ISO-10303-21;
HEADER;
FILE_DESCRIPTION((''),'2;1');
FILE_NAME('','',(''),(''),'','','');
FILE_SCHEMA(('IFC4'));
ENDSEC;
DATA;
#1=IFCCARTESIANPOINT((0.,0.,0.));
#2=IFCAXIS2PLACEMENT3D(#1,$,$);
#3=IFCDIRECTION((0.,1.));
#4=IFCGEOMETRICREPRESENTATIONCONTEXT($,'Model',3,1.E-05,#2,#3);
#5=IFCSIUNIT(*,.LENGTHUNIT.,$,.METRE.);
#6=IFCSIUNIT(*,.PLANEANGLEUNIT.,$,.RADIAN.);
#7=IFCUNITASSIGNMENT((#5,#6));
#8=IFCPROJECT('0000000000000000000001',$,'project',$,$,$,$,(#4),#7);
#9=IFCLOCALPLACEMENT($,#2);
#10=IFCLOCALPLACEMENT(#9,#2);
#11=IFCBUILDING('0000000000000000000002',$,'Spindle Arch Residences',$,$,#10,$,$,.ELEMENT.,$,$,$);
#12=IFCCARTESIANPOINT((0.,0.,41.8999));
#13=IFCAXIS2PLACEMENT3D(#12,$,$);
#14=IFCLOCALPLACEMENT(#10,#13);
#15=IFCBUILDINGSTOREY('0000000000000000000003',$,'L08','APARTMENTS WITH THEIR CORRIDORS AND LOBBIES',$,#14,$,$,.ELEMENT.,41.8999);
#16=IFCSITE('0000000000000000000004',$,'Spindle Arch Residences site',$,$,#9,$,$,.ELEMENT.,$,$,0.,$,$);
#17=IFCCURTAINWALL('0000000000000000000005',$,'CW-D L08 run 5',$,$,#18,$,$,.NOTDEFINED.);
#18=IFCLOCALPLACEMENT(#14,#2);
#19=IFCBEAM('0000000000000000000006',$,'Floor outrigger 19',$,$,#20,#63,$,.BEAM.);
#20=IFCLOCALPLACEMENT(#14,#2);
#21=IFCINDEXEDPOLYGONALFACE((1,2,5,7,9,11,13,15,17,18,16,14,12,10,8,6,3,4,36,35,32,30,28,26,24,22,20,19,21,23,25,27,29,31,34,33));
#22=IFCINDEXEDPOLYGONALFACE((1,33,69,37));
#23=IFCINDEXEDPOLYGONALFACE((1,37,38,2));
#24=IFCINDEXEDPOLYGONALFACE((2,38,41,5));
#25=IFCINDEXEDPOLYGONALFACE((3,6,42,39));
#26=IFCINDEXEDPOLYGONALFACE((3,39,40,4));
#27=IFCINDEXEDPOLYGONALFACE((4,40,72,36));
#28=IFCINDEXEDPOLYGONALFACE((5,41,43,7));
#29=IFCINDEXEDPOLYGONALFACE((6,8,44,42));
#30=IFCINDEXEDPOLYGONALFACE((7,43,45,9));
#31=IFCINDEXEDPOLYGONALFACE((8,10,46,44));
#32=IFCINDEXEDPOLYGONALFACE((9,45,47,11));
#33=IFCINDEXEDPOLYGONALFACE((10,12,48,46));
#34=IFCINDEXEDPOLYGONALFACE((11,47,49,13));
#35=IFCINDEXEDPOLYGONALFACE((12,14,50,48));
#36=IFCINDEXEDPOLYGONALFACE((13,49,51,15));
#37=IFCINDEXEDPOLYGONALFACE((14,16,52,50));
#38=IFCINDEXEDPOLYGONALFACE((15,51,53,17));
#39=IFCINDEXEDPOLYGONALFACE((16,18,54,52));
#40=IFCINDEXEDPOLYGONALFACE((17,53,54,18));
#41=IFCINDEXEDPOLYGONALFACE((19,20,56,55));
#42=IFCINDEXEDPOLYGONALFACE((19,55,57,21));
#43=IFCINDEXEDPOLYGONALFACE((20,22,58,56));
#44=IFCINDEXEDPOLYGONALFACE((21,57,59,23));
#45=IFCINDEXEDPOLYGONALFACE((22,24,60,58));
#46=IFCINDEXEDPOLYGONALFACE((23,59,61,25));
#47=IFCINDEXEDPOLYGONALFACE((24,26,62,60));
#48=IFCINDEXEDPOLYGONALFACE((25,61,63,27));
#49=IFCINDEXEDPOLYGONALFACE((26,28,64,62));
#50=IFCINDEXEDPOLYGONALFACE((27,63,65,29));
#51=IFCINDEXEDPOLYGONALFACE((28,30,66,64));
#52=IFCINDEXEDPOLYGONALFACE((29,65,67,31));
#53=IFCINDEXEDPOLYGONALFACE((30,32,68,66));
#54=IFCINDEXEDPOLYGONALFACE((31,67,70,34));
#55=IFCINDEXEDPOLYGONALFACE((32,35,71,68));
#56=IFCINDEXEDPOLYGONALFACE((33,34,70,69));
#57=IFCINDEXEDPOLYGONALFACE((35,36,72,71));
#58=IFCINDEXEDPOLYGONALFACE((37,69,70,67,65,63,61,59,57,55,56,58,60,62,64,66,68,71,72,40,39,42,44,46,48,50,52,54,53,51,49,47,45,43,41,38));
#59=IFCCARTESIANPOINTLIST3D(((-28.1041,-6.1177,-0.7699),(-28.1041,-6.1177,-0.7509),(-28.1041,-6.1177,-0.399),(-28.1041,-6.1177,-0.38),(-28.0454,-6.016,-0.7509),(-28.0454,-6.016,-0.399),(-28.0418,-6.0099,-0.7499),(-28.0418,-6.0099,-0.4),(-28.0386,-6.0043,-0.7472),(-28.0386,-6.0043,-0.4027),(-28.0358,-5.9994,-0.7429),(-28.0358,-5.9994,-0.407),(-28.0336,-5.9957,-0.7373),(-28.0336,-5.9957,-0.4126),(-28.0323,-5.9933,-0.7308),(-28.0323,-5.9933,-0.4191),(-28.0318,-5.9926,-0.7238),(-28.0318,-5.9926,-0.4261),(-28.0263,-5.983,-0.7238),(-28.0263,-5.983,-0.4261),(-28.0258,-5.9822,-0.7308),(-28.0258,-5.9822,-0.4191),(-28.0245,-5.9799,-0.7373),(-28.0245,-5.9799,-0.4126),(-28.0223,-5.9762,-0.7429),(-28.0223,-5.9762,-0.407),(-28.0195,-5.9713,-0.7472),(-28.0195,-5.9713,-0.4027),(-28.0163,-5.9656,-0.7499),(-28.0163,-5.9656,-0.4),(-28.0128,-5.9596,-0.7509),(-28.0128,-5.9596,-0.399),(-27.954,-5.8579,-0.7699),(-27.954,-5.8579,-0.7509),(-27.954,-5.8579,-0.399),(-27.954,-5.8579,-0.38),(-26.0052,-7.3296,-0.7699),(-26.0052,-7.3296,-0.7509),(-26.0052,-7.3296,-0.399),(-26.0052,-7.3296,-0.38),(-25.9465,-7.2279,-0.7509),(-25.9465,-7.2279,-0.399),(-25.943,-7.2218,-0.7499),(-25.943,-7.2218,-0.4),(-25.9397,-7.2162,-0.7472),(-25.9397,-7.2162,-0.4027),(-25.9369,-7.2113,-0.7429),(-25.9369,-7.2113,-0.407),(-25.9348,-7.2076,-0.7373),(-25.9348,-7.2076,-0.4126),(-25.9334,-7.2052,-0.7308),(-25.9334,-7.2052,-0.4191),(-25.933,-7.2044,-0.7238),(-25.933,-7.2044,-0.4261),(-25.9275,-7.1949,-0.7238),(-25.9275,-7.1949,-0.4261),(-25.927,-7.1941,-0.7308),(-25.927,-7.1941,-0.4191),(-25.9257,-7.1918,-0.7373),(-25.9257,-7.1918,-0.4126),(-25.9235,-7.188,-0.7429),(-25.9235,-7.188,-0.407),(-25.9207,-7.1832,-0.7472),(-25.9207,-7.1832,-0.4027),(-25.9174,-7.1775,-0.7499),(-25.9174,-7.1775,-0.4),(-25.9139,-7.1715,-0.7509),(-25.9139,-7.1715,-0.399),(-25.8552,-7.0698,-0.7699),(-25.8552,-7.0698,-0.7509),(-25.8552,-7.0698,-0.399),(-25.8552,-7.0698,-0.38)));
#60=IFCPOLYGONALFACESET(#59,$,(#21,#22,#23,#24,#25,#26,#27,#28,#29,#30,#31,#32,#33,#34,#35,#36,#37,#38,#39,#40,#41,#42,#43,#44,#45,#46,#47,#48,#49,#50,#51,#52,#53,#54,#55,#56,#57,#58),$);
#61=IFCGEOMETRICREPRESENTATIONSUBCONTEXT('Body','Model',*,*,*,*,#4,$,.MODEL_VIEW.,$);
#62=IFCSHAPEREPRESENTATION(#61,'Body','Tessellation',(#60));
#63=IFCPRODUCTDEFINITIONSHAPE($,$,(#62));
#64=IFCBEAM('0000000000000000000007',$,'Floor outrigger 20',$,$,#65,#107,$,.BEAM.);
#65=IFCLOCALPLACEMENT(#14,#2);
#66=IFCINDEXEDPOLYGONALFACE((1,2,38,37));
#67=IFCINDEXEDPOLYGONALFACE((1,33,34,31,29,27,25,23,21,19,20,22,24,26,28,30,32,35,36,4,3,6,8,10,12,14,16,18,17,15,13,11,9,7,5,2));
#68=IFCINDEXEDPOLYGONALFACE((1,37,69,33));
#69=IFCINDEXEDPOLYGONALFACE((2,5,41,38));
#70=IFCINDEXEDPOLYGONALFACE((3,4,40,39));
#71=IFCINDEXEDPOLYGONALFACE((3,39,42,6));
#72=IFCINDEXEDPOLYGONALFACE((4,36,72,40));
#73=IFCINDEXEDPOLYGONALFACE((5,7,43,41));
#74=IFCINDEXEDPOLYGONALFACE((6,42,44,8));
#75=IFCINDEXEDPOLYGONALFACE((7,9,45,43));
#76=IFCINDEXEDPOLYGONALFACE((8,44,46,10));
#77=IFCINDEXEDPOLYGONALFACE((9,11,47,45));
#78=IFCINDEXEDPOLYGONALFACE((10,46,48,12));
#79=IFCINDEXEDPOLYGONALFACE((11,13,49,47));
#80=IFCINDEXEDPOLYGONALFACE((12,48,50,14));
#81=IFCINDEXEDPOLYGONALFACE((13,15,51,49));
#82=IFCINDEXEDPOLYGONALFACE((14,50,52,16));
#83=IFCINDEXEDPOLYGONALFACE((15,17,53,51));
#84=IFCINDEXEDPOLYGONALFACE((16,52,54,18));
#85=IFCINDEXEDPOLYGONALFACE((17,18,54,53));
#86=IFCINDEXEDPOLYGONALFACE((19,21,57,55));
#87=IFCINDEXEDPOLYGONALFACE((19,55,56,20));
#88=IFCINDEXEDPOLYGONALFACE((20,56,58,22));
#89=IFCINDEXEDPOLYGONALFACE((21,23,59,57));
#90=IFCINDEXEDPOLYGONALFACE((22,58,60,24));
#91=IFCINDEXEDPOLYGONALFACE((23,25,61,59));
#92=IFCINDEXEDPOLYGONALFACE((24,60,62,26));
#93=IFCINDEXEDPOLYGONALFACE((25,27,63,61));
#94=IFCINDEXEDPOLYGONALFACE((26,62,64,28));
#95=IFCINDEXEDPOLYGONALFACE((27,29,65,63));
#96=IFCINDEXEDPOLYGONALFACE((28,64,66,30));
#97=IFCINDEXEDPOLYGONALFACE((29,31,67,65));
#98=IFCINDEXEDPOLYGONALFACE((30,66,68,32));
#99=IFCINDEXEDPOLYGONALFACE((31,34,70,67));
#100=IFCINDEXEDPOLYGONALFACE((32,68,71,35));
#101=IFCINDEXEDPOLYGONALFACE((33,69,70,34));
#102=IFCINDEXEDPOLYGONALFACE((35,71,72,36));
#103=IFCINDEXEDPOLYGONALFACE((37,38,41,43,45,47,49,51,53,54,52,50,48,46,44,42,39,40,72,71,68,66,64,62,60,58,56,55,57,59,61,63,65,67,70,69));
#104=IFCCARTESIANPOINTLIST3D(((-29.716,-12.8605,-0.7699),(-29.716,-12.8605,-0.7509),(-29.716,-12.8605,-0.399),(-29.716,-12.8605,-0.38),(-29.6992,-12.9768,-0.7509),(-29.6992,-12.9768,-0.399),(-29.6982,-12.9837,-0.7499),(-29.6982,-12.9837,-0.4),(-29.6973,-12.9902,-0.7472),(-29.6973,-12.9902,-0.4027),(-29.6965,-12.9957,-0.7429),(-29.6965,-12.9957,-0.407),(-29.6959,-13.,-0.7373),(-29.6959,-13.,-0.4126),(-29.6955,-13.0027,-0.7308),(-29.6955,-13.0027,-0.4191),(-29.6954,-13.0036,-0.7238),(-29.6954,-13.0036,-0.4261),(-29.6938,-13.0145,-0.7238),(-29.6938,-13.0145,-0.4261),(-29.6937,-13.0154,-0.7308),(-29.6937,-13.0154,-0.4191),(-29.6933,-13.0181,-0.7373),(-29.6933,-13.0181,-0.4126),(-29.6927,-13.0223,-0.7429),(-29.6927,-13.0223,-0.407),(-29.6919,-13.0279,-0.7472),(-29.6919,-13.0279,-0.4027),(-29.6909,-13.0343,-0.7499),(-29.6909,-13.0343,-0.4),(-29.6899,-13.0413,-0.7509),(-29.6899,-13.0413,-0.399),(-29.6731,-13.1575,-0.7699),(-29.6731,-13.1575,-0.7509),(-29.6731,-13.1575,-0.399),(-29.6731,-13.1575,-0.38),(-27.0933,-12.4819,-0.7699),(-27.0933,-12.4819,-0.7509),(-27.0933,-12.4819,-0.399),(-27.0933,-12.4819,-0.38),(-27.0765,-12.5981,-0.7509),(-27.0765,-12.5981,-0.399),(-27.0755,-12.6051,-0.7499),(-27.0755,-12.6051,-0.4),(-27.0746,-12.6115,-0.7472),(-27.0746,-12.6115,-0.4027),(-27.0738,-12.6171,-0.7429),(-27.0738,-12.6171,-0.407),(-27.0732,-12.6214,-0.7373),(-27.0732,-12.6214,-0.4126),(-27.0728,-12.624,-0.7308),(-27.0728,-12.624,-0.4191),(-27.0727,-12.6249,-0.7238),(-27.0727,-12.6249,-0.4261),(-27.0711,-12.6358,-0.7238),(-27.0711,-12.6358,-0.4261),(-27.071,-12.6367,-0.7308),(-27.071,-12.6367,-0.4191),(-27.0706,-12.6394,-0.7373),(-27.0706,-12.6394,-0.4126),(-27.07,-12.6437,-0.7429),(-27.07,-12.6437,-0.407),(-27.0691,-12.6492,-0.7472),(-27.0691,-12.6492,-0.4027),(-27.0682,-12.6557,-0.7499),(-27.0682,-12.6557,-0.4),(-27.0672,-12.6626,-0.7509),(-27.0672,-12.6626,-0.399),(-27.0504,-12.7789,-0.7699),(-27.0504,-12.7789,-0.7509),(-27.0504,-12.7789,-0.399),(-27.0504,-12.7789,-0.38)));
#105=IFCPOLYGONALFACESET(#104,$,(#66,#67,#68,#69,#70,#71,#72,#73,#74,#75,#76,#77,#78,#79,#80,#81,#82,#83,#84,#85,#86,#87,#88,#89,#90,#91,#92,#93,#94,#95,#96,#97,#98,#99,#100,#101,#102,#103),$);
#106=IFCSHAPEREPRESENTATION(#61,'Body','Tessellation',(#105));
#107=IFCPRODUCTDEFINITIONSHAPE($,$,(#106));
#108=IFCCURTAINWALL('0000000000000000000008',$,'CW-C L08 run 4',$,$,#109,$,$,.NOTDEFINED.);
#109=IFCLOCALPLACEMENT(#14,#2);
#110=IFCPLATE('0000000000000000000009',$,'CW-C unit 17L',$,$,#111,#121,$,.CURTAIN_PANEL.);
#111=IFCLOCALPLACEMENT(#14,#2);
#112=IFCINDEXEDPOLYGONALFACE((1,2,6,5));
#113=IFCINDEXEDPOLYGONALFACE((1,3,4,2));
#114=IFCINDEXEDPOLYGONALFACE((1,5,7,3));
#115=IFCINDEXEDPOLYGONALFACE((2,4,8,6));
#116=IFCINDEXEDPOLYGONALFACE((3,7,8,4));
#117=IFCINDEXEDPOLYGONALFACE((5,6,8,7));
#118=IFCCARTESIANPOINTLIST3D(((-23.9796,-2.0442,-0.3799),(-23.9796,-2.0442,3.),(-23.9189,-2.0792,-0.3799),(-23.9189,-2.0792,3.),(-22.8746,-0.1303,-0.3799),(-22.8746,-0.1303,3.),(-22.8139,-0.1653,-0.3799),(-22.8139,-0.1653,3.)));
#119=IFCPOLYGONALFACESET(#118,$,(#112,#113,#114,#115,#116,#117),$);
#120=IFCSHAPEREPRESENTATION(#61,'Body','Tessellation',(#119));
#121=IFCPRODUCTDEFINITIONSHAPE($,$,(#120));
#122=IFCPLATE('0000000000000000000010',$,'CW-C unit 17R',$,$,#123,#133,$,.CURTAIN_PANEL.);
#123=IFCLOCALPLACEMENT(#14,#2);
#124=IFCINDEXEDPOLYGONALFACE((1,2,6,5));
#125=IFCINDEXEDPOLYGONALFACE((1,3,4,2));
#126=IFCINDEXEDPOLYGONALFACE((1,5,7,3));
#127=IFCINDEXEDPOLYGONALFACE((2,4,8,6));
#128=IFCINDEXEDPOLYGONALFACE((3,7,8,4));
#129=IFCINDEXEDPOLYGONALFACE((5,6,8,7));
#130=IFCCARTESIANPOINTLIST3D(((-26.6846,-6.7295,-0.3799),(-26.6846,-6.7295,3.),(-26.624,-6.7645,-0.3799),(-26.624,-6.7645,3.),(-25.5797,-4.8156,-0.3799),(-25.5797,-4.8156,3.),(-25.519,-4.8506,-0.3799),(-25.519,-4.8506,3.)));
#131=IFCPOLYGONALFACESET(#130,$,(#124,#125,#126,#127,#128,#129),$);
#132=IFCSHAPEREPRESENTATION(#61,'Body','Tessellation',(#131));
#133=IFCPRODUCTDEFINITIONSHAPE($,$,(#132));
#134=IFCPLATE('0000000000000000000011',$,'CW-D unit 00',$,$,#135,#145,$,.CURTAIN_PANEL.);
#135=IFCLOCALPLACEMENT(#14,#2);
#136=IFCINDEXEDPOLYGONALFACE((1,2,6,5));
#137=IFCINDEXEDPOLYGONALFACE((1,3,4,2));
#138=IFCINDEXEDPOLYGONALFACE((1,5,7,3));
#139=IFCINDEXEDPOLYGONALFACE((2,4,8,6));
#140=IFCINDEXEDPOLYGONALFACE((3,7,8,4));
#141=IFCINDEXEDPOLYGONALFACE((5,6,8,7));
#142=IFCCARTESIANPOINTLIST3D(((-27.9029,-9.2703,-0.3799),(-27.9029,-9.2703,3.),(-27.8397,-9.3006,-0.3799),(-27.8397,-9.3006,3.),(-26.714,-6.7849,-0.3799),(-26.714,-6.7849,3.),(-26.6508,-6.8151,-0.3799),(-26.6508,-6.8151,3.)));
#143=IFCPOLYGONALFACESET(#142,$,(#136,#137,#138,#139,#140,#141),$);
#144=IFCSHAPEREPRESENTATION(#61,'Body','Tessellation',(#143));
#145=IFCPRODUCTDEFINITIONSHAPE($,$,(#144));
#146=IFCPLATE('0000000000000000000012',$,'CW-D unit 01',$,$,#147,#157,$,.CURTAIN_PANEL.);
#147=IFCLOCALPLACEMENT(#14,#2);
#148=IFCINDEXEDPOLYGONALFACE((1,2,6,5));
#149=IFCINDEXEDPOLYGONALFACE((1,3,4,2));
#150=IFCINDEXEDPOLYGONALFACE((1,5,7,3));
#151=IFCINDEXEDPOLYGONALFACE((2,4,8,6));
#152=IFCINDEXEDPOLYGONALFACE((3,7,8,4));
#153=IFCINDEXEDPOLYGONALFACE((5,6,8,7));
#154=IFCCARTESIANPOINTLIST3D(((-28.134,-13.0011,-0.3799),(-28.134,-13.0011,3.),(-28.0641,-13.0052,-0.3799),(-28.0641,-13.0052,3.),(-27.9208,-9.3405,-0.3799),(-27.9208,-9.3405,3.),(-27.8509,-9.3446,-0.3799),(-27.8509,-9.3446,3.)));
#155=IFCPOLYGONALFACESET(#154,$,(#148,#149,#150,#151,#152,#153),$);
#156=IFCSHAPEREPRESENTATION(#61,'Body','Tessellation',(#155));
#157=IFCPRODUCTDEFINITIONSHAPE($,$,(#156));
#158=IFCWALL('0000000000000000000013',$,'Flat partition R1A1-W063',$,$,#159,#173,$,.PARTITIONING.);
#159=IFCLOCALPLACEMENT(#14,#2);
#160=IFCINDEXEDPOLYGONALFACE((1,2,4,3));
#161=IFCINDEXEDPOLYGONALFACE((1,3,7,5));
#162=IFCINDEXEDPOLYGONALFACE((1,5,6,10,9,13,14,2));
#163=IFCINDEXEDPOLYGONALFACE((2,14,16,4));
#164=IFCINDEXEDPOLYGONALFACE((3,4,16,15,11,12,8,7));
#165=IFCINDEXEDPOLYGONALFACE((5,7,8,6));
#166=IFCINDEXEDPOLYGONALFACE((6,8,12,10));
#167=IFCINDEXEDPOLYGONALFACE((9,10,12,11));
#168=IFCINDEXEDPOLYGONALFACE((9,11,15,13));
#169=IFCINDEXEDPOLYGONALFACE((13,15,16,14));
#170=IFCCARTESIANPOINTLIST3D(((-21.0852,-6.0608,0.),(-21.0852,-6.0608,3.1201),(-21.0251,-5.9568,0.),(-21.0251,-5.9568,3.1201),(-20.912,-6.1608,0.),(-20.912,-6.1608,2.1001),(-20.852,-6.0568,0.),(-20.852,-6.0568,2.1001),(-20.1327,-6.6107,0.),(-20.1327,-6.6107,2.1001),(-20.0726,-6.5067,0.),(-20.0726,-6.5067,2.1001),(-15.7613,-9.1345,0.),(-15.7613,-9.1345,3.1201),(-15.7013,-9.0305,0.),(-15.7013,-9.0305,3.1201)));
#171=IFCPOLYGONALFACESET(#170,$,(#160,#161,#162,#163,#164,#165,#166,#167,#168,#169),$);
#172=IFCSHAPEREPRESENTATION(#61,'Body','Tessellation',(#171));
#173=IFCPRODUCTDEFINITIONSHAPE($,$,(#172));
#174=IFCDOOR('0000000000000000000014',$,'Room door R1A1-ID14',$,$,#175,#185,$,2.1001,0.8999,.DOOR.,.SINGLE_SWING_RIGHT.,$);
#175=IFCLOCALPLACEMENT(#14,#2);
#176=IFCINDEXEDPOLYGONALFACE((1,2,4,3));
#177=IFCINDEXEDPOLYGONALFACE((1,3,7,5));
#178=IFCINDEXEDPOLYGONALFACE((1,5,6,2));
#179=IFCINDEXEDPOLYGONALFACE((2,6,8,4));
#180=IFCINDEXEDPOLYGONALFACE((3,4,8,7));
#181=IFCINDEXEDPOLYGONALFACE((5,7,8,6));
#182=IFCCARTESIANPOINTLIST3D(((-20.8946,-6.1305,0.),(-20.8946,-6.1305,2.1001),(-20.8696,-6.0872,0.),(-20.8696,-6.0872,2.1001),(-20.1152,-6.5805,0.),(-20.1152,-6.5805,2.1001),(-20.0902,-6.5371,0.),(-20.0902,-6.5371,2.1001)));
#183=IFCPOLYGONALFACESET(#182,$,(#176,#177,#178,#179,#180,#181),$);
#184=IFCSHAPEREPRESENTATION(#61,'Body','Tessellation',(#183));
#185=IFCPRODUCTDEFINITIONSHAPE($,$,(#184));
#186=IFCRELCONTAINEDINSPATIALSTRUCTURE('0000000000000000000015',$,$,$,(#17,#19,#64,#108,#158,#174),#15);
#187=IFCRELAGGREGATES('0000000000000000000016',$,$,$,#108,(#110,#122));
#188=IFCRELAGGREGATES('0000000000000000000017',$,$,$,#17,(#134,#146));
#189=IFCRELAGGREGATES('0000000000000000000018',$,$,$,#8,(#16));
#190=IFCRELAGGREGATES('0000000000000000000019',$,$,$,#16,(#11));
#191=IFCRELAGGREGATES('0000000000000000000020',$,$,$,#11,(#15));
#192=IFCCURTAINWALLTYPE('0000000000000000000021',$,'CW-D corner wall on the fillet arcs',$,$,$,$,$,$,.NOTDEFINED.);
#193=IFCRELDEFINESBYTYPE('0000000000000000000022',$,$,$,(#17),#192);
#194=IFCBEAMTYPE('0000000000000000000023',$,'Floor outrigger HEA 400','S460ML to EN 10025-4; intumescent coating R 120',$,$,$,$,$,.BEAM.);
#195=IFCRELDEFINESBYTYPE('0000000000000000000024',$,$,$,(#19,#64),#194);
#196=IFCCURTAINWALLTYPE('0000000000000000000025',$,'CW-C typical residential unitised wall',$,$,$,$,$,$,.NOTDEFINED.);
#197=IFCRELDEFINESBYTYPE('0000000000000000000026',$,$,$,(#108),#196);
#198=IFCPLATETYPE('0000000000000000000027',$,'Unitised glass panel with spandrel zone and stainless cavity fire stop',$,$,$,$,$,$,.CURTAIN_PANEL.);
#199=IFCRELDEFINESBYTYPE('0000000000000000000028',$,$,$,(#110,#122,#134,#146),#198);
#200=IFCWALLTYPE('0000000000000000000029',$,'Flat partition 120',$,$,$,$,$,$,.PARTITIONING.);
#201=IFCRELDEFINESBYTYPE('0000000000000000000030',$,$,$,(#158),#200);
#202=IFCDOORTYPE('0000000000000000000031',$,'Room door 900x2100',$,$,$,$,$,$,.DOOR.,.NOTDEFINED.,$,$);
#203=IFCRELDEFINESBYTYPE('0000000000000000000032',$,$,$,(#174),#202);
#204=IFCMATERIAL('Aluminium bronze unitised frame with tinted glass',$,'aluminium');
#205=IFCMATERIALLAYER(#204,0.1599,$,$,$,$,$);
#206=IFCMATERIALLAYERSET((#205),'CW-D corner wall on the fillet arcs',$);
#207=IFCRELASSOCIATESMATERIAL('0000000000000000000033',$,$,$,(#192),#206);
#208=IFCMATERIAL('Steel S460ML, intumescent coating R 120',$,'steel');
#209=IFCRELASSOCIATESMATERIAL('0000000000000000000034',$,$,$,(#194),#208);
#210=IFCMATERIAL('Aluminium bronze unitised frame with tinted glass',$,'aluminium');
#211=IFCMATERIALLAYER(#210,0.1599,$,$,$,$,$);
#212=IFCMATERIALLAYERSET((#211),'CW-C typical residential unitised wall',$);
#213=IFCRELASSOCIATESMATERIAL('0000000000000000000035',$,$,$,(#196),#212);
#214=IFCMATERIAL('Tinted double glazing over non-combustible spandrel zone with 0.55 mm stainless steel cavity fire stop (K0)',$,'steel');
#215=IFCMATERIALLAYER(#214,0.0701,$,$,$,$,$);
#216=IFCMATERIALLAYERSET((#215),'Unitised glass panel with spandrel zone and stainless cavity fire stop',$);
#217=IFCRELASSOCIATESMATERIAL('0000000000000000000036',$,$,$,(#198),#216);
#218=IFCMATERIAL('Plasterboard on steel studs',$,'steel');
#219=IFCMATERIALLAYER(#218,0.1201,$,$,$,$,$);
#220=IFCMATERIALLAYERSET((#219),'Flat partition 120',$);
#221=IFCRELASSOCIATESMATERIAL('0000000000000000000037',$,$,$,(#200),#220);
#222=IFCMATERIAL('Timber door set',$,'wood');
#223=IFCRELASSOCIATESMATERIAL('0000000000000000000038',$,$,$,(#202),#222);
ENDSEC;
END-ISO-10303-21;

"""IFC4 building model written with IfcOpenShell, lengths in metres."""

from ifc_helpers import new_model, si_unit, direction, frame, frame_2d, origin, origin_2d, place, context, subcontext, project, spatial, rectangle, i_section, extrude, material, layer, layer_set, material_profile, profile_set, type_object, element, fill, aggregate, save


model = new_model("IFC4")

# Units and contexts
model_context = context("Model", 3, precision=1e-05, world=origin(), true_north=direction((0.0, 1.0)))
body_context = subcontext(model_context, "Body", "Model", "MODEL_VIEW")
ifc_project = project(units=[si_unit("LENGTHUNIT", "METRE"), si_unit("PLANEANGLEUNIT", "RADIAN")], contexts=[model_context])

# Site, building, storey
site_placement = place(None, origin())
site = spatial("IfcSite", under=ifc_project, at=site_placement, Name="Spindle Arch Residences site", CompositionType="ELEMENT", RefElevation=0.0)
building_placement = place(site_placement, origin())
building = spatial("IfcBuilding", under=site, at=building_placement, Name="Spindle Arch Residences", CompositionType="ELEMENT")
storey_placement = place(building_placement, frame((0.0, 0.0, 41.8999)))
storey = spatial("IfcBuildingStorey", under=building, at=storey_placement, Name="L08", Description="APARTMENTS WITH THEIR CORRIDORS AND LOBBIES", CompositionType="ELEMENT", Elevation=41.8999)

# Curtain wall
ifc_material_1 = material(Name="Aluminium bronze unitised frame with tinted glass", Category="aluminium")
ifc_layer_1 = layer(ifc_material_1, 0.1599)
ifc_layer_set_1 = layer_set([ifc_layer_1], Name="CW-D corner wall on the fillet arcs")
curtain_wall_type_1 = type_object("IfcCurtainWallType", Name="CW-D corner wall on the fillet arcs", PredefinedType="NOTDEFINED", material=ifc_layer_set_1)
curtain_wall_1_placement = place(storey_placement, origin())
curtain_wall_1 = element("IfcCurtainWall", 1, at=curtain_wall_1_placement, inside=storey, type_object=curtain_wall_type_1, Name="CW-D L08 run 5", PredefinedType="NOTDEFINED")

# Beams
ifc_material_2 = material(Name="Steel S460ML, intumescent coating R 120", Category="steel")
ifc_material_profile_1 = material_profile(ifc_material_2, i_section(OverallWidth=0.3, OverallDepth=0.3899, WebThickness=0.011, FlangeThickness=0.019, FilletRadius=0.0271, at=origin_2d()), Name="HEA 400")
ifc_profile_set_1 = profile_set([ifc_material_profile_1], Name="Steel S460ML, intumescent coating R 120")
beam_type_1 = type_object("IfcBeamType", Name="Floor outrigger HEA 400", Description="S460ML to EN 10025-4; intumescent coating R 120", PredefinedType="BEAM", material=ifc_profile_set_1)
beam_1_placement = place(storey_placement, frame((-28.0291, -5.9878, -0.575), z_axis=(0.866003, -0.500039, 0.0), x_axis=(0.500039, 0.866003, 0.0)))
element("IfcBeam", 2, at=beam_1_placement, inside=storey, type_object=beam_type_1, Name="Floor outrigger 19", PredefinedType="BEAM", context=body_context, shape_type="SweptSolid", body=[
    extrude(i_section(OverallWidth=0.3, OverallDepth=0.3899, WebThickness=0.011, FlangeThickness=0.019, FilletRadius=0.0271, at=origin_2d()), origin(), (0.0, 0.0, 1.0), 2.4236),
])
beam_2_placement = place(storey_placement, frame((-29.6946, -13.009, -0.575), z_axis=(0.989738, 0.142892, 0.0), x_axis=(-0.142892, 0.989738, 0.0)))
element("IfcBeam", 3, at=beam_2_placement, inside=storey, type_object=beam_type_1, Name="Floor outrigger 20", PredefinedType="BEAM", context=body_context, shape_type="SweptSolid", body=[
    extrude(i_section(OverallWidth=0.3, OverallDepth=0.3899, WebThickness=0.011, FlangeThickness=0.019, FilletRadius=0.0271, at=origin_2d()), origin(), (0.0, 0.0, 1.0), 2.6499),
])

# Curtain wall, plates
ifc_material_3 = material(Name="Aluminium bronze unitised frame with tinted glass", Category="aluminium")
ifc_layer_2 = layer(ifc_material_3, 0.1599)
ifc_layer_set_2 = layer_set([ifc_layer_2], Name="CW-C typical residential unitised wall")
curtain_wall_type_2 = type_object("IfcCurtainWallType", Name="CW-C typical residential unitised wall", PredefinedType="NOTDEFINED", material=ifc_layer_set_2)
curtain_wall_2_placement = place(storey_placement, origin())
curtain_wall_2 = element("IfcCurtainWall", 4, at=curtain_wall_2_placement, inside=storey, type_object=curtain_wall_type_2, Name="CW-C L08 run 4", PredefinedType="NOTDEFINED")
ifc_material_4 = material(Name="Tinted double glazing over non-combustible spandrel zone with 0.55 mm stainless steel cavity fire stop (K0)", Category="steel")
ifc_layer_3 = layer(ifc_material_4, 0.0701)
ifc_layer_set_3 = layer_set([ifc_layer_3], Name="Unitised glass panel with spandrel zone and stainless cavity fire stop")
plate_type = type_object("IfcPlateType", Name="Unitised glass panel with spandrel zone and stainless cavity fire stop", PredefinedType="CURTAIN_PANEL", material=ifc_layer_set_3)
plate_1_placement = place(storey_placement, frame((-23.3967, -1.1047, -0.3799), z_axis=(0.0, 0.0, 1.0), x_axis=(-0.5, -0.866025, 0.0)))
plate_1 = element("IfcPlate", 5, at=plate_1_placement, type_object=plate_type, Name="CW-C unit 17L", PredefinedType="CURTAIN_PANEL", context=body_context, shape_type="SweptSolid", body=[
    extrude(rectangle(XDim=2.21, YDim=0.0701, at=origin_2d()), origin(), (0.0, 0.0, 1.0), 3.3799),
])
plate_2_placement = place(storey_placement, frame((-26.1018, -5.79, -0.3799), z_axis=(0.0, 0.0, 1.0), x_axis=(-0.5, -0.866025, 0.0)))
plate_2 = element("IfcPlate", 6, at=plate_2_placement, type_object=plate_type, Name="CW-C unit 17R", PredefinedType="CURTAIN_PANEL", context=body_context, shape_type="SweptSolid", body=[
    extrude(rectangle(XDim=2.21, YDim=0.0701, at=origin_2d()), origin(), (0.0, 0.0, 1.0), 3.3799),
])
aggregate(curtain_wall_2, [plate_1, plate_2])

# Plates
plate_3_placement = place(storey_placement, frame((-27.2769, -8.0427, -0.3799), z_axis=(0.0, 0.0, 1.0), x_axis=(-0.431502, -0.902112, 0.0)))
plate_3 = element("IfcPlate", 7, at=plate_3_placement, type_object=plate_type, Name="CW-D unit 00", PredefinedType="CURTAIN_PANEL", context=body_context, shape_type="SweptSolid", body=[
    extrude(rectangle(XDim=2.7551, YDim=0.0701, at=origin_2d()), origin(), (0.0, 0.0, 1.0), 3.3799),
])
plate_4_placement = place(storey_placement, frame((-27.9924, -11.1729, -0.3799), z_axis=(0.0, 0.0, 1.0), x_axis=(-0.058145, -0.998308, 0.0)))
plate_4 = element("IfcPlate", 8, at=plate_4_placement, type_object=plate_type, Name="CW-D unit 01", PredefinedType="CURTAIN_PANEL", context=body_context, shape_type="SweptSolid", body=[
    extrude(rectangle(XDim=3.6667, YDim=0.0701, at=origin_2d()), origin(), (0.0, 0.0, 1.0), 3.3799),
])
aggregate(curtain_wall_1, [plate_3, plate_4])

# Wall, opening, door
ifc_material_5 = material(Name="Plasterboard on steel studs", Category="steel")
ifc_layer_4 = layer(ifc_material_5, 0.1201)
ifc_layer_set_4 = layer_set([ifc_layer_4], Name="Flat partition 120")
wall_type_1 = type_object("IfcWallType", Name="Flat partition 120", PredefinedType="PARTITIONING", material=ifc_layer_set_4)
wall_1_placement = place(storey_placement, frame((-21.0552, -6.0088, 0.0), z_axis=(0.0, 0.0, 1.0), x_axis=(0.86603, -0.499992, 0.0)))
wall_1 = element("IfcWall", 9, at=wall_1_placement, inside=storey, type_object=wall_type_1, Name="Flat partition R1A1-W063", PredefinedType="PARTITIONING", context=body_context, shape_type="SweptSolid", body=[
    extrude(rectangle(XDim=6.1475, YDim=0.1201, at=frame_2d((3.0737, 0.0))), origin(), (0.0, 0.0, 1.0), 3.1201),
])
opening_1_placement = place(wall_1_placement, frame((0.2, 0.0, 0.0)))
opening_1 = element("IfcOpeningElement", 10, at=opening_1_placement, cuts=wall_1, PredefinedType="OPENING", context=body_context, shape_type="SweptSolid", body=[
    extrude(rectangle(XDim=0.8999, YDim=2.1001, at=frame_2d((0.45, 1.05))), frame((0.0, 0.0701, 0.0), z_axis=(0.0, -1.0, 0.0), x_axis=(1.0, 0.0, 0.0)), (0.0, 0.0, 1.0), 0.1401),
])
ifc_material_6 = material(Name="Timber door set", Category="wood")
door_type_1 = type_object("IfcDoorType", Name="Room door 900x2100", OperationType="NOTDEFINED", PredefinedType="DOOR", material=ifc_material_6)
door_1_placement = place(opening_1_placement, origin())
door_1 = element("IfcDoor", 11, at=door_1_placement, inside=storey, type_object=door_type_1, Name="Room door R1A1-ID14", OperationType="SINGLE_SWING_RIGHT", OverallHeight=2.1001, OverallWidth=0.8999, PredefinedType="DOOR", context=body_context, shape_type="SweptSolid", body=[
    extrude(rectangle(XDim=0.8999, YDim=2.1001, at=frame_2d((0.45, 1.05))), frame((0.0, 0.0249, 0.0), z_axis=(0.0, -1.0, 0.0), x_axis=(1.0, 0.0, 0.0)), (0.0, 0.0, 1.0), 0.05),
])
fill(opening_1, door_1)

save(model, "model.ifc")
